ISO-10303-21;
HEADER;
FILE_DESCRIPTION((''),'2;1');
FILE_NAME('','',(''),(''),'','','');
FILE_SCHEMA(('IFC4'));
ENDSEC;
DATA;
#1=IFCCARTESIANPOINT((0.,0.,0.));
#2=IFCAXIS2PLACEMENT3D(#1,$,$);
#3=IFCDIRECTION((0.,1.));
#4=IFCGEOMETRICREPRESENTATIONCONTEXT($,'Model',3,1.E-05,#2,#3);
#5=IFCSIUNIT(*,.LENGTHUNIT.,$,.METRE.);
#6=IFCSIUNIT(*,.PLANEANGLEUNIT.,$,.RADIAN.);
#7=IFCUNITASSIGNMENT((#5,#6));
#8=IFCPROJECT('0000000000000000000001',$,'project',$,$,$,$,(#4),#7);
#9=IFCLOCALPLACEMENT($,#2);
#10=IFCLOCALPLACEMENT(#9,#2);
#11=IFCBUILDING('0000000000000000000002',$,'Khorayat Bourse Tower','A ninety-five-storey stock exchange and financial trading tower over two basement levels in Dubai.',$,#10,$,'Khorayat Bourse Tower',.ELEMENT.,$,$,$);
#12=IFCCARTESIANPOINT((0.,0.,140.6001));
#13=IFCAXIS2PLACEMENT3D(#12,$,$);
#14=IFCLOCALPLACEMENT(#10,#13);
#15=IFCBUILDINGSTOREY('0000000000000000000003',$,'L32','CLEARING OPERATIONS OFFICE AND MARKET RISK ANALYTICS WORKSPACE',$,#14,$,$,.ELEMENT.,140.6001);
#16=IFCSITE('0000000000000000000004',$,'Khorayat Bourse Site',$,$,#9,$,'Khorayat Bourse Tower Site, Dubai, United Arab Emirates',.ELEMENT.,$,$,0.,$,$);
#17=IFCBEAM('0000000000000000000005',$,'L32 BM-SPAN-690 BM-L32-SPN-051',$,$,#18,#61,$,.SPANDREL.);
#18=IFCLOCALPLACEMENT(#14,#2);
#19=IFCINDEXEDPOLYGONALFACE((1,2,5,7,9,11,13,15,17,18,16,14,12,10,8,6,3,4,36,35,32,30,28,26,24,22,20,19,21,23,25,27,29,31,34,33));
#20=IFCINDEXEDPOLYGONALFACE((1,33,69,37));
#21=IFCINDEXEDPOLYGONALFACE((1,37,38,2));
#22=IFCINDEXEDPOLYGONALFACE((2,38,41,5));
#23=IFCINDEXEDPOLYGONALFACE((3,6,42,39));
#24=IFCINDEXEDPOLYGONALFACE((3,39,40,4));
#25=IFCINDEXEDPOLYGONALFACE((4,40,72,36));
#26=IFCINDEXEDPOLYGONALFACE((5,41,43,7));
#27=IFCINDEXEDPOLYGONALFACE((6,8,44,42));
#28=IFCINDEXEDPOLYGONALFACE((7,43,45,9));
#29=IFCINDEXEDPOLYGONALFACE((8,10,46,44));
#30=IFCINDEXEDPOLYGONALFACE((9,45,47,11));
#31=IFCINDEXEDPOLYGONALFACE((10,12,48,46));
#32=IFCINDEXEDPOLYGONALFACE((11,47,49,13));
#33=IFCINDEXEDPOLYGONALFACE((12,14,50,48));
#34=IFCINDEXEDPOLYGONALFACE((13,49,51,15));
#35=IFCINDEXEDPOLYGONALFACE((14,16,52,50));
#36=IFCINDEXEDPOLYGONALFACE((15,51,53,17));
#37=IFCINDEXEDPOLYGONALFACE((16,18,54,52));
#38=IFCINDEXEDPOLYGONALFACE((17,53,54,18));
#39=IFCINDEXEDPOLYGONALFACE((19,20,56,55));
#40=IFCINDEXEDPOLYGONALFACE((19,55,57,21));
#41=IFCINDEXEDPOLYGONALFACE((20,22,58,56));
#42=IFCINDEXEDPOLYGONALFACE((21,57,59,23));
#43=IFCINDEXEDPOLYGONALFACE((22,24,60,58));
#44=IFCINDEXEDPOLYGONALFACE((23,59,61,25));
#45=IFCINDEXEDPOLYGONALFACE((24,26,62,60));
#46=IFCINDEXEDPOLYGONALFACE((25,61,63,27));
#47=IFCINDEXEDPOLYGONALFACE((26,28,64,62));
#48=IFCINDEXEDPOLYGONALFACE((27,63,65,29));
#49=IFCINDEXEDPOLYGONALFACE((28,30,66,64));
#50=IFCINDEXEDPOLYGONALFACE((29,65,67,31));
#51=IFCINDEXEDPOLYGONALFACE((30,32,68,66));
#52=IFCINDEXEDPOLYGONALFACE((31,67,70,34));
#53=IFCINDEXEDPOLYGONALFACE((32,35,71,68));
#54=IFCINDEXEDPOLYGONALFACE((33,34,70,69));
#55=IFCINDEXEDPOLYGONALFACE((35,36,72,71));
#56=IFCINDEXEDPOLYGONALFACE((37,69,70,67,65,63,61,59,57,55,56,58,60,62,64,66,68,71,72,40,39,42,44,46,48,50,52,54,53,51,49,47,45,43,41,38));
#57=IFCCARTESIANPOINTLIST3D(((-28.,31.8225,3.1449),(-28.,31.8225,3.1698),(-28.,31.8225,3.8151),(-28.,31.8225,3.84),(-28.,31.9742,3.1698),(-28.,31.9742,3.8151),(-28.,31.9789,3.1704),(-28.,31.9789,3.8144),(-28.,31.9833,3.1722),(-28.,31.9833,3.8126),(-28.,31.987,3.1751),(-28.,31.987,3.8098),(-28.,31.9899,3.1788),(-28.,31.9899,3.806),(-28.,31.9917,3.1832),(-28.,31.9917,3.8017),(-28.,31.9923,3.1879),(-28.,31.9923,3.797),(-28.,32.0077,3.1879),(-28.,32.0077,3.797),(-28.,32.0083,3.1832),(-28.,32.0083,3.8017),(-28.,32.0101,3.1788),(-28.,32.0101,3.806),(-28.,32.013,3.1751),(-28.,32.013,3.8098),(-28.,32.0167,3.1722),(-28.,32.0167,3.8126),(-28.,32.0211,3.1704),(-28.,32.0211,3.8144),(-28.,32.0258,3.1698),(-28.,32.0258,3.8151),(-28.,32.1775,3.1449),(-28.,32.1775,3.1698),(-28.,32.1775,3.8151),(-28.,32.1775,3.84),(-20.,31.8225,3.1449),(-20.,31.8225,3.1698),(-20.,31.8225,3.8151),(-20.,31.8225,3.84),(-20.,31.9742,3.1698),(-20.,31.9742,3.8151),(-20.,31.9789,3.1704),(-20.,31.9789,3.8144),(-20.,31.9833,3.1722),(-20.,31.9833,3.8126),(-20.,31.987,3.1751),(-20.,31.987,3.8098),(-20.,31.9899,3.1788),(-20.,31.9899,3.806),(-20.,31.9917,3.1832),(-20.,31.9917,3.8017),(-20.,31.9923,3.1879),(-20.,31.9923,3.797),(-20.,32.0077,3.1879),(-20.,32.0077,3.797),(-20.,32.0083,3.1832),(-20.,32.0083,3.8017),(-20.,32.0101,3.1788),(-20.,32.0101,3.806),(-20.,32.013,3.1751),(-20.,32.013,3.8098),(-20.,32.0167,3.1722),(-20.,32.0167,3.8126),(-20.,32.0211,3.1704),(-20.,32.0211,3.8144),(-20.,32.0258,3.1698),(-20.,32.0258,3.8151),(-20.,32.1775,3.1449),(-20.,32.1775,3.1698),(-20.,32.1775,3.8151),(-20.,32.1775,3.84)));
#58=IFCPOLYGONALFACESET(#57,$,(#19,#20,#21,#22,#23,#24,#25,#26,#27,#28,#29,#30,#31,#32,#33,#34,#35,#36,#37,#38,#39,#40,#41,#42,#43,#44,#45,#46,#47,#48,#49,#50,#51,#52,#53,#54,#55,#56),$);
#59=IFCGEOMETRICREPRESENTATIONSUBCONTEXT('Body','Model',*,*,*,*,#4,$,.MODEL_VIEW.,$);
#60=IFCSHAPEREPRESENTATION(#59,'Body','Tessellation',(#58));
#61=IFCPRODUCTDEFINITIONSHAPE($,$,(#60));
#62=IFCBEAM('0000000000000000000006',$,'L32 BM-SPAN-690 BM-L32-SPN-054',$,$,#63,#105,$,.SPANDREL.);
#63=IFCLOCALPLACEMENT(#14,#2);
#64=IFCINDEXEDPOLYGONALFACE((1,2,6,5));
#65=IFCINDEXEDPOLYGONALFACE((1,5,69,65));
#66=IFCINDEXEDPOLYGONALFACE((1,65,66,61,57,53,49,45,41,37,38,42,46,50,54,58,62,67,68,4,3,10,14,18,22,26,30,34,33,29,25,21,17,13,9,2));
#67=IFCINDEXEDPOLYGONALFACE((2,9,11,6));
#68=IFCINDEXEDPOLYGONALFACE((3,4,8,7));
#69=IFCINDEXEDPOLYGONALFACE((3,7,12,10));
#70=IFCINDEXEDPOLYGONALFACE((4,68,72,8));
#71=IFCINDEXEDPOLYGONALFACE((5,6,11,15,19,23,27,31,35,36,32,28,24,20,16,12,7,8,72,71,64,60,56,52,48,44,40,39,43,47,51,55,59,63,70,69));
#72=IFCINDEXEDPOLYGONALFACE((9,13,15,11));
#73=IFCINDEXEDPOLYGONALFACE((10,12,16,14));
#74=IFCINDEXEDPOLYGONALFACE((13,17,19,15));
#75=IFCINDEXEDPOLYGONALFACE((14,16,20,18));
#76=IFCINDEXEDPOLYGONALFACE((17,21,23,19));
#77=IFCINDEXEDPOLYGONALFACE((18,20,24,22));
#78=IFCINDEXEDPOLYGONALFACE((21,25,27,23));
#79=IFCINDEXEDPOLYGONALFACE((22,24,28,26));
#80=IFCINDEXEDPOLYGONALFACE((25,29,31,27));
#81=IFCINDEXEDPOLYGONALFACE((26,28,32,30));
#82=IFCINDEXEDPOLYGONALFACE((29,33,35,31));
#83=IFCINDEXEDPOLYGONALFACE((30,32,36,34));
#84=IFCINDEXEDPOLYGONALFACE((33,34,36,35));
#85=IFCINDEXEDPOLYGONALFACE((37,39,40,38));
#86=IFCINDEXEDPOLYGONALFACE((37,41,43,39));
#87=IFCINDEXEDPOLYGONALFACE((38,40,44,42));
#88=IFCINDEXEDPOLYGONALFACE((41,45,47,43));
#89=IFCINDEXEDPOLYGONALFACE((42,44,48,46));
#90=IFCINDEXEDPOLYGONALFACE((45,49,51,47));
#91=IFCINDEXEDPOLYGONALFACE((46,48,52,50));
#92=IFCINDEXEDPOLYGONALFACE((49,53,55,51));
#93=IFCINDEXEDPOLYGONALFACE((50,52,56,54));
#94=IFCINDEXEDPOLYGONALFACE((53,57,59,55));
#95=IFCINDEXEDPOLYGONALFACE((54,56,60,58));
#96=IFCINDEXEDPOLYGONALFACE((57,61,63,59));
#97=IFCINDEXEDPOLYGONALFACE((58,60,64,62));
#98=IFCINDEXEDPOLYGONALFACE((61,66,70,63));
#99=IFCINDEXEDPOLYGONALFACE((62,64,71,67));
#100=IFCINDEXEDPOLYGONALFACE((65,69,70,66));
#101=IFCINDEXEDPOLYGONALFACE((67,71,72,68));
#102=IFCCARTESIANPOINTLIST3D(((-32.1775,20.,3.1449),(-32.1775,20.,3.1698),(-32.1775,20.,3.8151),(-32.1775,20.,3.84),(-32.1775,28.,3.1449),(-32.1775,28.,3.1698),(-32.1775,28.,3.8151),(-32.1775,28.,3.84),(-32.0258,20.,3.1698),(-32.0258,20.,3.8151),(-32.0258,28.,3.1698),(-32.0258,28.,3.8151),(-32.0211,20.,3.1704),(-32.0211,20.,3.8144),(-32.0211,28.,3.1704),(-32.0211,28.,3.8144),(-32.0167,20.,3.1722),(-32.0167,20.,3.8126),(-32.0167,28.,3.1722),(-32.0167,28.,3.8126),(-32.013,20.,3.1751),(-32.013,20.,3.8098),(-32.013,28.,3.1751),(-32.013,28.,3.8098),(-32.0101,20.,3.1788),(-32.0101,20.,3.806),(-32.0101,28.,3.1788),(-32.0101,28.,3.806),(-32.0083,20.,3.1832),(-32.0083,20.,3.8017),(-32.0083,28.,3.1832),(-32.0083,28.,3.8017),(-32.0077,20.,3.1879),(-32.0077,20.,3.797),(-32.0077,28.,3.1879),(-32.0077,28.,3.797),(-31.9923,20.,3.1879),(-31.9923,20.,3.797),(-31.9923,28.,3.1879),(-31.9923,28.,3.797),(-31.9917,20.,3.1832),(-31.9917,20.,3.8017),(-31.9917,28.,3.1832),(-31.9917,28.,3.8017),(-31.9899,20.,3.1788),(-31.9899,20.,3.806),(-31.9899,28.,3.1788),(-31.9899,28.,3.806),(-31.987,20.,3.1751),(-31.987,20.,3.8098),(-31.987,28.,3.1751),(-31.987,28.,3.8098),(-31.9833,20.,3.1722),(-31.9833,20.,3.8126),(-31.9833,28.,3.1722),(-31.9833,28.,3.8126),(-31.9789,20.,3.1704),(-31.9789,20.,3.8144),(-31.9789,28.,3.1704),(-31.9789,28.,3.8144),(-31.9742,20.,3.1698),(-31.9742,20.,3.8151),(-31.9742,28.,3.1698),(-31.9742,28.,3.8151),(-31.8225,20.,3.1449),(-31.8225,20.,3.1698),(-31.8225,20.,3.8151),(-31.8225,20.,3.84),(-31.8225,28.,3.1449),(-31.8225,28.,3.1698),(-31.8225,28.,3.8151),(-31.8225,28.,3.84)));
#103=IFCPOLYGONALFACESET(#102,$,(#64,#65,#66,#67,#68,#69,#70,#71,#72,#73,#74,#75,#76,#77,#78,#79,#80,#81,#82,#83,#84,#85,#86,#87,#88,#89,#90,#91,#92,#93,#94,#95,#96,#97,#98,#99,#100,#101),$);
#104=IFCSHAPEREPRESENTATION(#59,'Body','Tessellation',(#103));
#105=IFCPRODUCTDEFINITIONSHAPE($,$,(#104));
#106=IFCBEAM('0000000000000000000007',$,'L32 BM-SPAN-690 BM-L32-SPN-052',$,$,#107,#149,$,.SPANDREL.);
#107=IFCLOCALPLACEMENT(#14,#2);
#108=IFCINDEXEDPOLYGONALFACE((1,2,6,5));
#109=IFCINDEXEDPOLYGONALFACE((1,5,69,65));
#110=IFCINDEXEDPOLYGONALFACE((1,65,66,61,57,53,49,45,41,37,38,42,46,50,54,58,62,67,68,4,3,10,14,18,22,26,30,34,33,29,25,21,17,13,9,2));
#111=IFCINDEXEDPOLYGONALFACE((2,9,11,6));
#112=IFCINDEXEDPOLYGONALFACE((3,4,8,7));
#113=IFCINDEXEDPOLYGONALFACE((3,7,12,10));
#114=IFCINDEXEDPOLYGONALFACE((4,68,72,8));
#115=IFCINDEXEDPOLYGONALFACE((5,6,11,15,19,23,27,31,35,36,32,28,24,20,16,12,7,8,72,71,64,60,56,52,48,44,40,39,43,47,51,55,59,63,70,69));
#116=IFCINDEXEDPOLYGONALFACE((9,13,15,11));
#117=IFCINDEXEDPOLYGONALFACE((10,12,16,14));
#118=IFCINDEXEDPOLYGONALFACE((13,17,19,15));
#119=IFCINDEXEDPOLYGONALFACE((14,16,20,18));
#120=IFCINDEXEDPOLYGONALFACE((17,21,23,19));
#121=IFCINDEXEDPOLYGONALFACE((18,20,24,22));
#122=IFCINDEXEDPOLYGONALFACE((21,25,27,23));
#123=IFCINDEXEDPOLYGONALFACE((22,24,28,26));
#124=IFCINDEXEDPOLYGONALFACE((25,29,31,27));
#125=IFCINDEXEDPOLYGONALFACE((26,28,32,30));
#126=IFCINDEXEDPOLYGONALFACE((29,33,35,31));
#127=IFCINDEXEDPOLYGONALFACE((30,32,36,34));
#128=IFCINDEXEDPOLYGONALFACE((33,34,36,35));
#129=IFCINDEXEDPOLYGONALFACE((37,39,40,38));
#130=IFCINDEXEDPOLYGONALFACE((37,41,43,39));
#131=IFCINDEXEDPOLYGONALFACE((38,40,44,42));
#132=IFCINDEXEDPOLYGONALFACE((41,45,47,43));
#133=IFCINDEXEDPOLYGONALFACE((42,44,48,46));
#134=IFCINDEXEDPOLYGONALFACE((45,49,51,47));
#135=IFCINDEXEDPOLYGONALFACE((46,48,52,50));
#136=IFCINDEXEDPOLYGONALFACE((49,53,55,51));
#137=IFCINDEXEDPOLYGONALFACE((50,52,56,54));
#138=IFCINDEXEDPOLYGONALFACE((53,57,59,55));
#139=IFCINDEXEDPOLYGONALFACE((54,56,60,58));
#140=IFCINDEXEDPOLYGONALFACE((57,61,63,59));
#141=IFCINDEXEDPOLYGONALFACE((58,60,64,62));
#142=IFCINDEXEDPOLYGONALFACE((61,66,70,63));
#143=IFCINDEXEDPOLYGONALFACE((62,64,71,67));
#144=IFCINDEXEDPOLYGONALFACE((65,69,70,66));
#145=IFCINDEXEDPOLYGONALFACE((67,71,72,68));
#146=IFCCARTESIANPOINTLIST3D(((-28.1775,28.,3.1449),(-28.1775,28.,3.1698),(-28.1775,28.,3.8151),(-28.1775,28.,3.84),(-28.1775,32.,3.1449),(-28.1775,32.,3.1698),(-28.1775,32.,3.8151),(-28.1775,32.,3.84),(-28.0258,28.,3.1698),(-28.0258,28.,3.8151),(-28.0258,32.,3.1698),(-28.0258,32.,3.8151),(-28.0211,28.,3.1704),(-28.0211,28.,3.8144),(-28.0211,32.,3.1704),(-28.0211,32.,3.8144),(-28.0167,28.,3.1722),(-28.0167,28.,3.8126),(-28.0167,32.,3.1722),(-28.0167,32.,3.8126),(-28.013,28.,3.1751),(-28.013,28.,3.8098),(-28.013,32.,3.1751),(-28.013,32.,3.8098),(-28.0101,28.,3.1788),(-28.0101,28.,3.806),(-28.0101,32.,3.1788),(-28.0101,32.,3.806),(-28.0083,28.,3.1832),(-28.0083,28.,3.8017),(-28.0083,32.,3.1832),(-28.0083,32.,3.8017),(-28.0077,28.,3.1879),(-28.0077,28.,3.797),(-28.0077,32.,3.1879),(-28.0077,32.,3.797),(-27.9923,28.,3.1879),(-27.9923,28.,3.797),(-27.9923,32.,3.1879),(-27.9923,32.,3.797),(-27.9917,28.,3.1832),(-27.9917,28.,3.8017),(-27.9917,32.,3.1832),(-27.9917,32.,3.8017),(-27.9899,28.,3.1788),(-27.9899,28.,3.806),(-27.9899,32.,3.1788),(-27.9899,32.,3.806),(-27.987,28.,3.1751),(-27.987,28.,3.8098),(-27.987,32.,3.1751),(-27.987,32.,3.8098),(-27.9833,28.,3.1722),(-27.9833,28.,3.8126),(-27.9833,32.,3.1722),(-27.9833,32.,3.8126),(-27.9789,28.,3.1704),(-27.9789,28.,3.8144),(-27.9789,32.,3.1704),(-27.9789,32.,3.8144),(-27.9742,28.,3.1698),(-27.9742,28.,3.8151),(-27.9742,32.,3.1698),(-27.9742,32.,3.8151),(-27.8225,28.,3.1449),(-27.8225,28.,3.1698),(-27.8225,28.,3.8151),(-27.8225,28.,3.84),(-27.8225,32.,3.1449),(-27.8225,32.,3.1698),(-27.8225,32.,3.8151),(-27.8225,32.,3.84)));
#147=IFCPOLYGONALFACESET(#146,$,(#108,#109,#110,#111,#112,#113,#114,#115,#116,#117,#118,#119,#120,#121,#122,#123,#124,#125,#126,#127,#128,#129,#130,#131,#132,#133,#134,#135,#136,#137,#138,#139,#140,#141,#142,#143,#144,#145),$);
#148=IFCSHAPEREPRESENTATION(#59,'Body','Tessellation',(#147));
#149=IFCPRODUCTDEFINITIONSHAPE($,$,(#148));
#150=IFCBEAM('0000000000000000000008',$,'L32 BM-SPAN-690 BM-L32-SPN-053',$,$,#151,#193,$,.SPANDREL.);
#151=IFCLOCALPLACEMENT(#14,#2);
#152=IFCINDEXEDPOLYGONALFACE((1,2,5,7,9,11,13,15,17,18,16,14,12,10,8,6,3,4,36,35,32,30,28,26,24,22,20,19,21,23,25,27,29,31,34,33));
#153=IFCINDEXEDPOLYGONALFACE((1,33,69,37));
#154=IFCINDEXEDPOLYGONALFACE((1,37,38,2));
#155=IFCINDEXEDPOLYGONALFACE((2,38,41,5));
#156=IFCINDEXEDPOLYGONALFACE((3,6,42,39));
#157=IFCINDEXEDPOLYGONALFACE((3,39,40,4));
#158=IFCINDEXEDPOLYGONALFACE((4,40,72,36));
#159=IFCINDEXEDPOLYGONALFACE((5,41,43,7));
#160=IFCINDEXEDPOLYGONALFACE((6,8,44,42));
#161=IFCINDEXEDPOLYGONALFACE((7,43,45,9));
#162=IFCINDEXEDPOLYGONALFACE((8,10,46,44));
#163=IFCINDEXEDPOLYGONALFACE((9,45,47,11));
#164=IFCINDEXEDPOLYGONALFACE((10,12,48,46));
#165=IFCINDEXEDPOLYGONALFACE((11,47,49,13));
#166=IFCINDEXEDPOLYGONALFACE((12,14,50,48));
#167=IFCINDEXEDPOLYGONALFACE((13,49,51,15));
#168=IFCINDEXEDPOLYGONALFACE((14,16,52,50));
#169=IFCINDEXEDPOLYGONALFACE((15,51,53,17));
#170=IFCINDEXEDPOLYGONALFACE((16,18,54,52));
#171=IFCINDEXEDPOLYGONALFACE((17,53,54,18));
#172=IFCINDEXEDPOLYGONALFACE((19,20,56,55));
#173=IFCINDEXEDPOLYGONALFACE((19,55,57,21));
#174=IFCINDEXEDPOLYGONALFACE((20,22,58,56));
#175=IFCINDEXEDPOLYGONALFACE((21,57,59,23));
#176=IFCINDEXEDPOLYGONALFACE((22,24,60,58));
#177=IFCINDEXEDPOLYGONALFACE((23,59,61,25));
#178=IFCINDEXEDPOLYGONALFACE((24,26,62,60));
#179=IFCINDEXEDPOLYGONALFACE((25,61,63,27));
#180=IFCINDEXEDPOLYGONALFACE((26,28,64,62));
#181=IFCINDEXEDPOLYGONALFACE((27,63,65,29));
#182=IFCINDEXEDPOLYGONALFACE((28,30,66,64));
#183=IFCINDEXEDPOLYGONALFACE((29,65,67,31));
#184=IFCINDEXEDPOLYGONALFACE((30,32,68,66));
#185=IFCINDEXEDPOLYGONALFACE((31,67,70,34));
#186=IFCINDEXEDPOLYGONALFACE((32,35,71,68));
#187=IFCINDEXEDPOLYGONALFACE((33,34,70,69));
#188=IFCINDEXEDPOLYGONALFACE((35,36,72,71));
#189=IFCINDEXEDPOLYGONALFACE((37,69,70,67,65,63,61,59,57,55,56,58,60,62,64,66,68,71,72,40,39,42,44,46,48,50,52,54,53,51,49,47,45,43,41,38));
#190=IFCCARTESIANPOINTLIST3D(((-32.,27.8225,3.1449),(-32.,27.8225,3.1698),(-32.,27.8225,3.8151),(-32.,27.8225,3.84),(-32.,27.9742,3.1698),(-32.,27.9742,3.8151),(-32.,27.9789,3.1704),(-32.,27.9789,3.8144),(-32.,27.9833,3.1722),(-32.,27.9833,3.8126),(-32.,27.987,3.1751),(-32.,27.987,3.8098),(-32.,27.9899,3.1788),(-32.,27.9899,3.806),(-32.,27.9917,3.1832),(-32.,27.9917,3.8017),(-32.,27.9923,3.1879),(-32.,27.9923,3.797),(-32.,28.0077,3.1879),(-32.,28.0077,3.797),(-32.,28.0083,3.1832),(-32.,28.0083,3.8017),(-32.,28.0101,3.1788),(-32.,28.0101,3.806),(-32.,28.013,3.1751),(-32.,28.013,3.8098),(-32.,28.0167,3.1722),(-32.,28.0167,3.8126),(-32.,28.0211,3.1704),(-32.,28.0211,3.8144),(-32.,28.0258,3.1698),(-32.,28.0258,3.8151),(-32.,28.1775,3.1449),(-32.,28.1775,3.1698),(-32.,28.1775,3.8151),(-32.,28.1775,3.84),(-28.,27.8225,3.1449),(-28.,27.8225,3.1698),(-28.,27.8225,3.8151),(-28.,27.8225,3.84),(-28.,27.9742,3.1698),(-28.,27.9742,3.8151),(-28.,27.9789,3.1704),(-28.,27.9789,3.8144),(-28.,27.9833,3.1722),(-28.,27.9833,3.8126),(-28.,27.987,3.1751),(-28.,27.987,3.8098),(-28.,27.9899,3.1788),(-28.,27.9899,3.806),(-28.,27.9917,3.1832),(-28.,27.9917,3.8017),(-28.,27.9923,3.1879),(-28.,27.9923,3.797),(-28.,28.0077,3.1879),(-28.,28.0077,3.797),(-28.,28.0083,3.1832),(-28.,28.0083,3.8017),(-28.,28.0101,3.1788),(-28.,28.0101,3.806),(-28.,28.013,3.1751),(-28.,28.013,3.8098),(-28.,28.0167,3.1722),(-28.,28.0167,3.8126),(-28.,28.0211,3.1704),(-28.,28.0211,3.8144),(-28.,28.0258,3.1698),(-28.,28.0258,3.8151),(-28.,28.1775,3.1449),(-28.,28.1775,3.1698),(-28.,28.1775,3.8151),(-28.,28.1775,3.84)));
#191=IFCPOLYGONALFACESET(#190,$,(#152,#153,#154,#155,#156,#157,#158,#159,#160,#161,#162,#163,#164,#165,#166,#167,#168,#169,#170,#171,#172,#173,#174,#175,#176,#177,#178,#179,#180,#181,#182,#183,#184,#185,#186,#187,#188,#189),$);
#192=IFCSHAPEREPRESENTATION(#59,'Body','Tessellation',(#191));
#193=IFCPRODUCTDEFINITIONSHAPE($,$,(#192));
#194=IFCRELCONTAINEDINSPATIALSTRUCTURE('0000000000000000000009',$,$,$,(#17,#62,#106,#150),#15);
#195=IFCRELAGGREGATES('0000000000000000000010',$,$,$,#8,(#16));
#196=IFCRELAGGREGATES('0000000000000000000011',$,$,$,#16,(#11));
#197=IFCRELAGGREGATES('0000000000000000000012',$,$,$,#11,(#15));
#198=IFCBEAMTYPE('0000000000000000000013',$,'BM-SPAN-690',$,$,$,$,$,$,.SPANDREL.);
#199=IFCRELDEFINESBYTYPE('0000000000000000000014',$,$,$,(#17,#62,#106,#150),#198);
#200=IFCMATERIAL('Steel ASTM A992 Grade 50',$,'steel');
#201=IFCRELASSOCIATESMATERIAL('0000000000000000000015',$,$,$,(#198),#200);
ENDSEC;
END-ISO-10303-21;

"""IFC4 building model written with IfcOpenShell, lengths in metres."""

from ifc_helpers import new_model, si_unit, direction, frame, origin, origin_2d, place, context, subcontext, project, spatial, i_section, extrude, source, transform, mapped, material, material_profile, profile_set, type_object, element, save


model = new_model("IFC4")

# Units and contexts
model_context = context("Model", 3, precision=1e-05, world=origin(), true_north=direction((0.0, 1.0)))
body_context = subcontext(model_context, "Body", "Model", "MODEL_VIEW")
ifc_project = project(units=[si_unit("LENGTHUNIT", "METRE"), si_unit("PLANEANGLEUNIT", "RADIAN")], contexts=[model_context])

# Site, building, storey
site_placement = place(None, origin())
site = spatial("IfcSite", under=ifc_project, at=site_placement, Name="Khorayat Bourse Site", LongName="Khorayat Bourse Tower Site, Dubai, United Arab Emirates", CompositionType="ELEMENT", RefElevation=0.0)
building_placement = place(site_placement, origin())
building = spatial("IfcBuilding", under=site, at=building_placement, Name="Khorayat Bourse Tower", Description="A ninety-five-storey stock exchange and financial trading tower over two basement levels in Dubai.", LongName="Khorayat Bourse Tower", CompositionType="ELEMENT")
storey_placement = place(building_placement, frame((0.0, 0.0, 140.6001)))
storey = spatial("IfcBuildingStorey", under=building, at=storey_placement, Name="L32", Description="CLEARING OPERATIONS OFFICE AND MARKET RISK ANALYTICS WORKSPACE", CompositionType="ELEMENT", Elevation=140.6001)

# Beams
ifc_material_1 = material(Name="Steel ASTM A992 Grade 50", Category="steel")
ifc_material_profile_1 = material_profile(ifc_material_1, i_section(OverallWidth=0.355, OverallDepth=0.6951, WebThickness=0.0154, FlangeThickness=0.0249, FilletRadius=0.0181, at=origin_2d()), Name="W690X217")
ifc_profile_set_1 = profile_set([ifc_material_profile_1], Name="Steel ASTM A992 Grade 50")
beam_type_1 = type_object("IfcBeamType", Name="BM-SPAN-690", PredefinedType="SPANDREL", material=ifc_profile_set_1)
shared_shape_1 = source(origin(), body_context, "Body", "SweptSolid", [
    extrude(i_section(OverallWidth=0.355, OverallDepth=0.6951, WebThickness=0.0154, FlangeThickness=0.0249, FilletRadius=0.0181, at=origin_2d()), origin(), (0.0, 0.0, 1.0), 8.0),
])
for number, where, z_axis, x_axis, name in (
    (1, (-28.0, 32.0, 3.4924), (1.0, 0.0, 0.0), (0.0, 1.0, 0.0), "L32 BM-SPAN-690 BM-L32-SPN-051"),
    (2, (-32.0, 20.0, 3.4924), (0.0, 1.0, 0.0), (-1.0, 0.0, 0.0), "L32 BM-SPAN-690 BM-L32-SPN-054"),
):
    element("IfcBeam", number, at=place(storey_placement, frame(where, z_axis=z_axis, x_axis=x_axis)), inside=storey, type_object=beam_type_1, Name=name, PredefinedType="SPANDREL", context=body_context, shape_type="MappedRepresentation", body=[
        mapped(shared_shape_1, transform((0.0, 0.0, 0.0), scale=1.0)),
    ])
shared_shape_2 = source(origin(), body_context, "Body", "SweptSolid", [
    extrude(i_section(OverallWidth=0.355, OverallDepth=0.6951, WebThickness=0.0154, FlangeThickness=0.0249, FilletRadius=0.0181, at=origin_2d()), origin(), (0.0, 0.0, 1.0), 4.0),
])
for number, where, z_axis, x_axis, name in (
    (3, (-28.0, 28.0, 3.4924), (0.0, 1.0, 0.0), (-1.0, 0.0, 0.0), "L32 BM-SPAN-690 BM-L32-SPN-052"),
    (4, (-32.0, 28.0, 3.4924), (1.0, 0.0, 0.0), (0.0, 1.0, 0.0), "L32 BM-SPAN-690 BM-L32-SPN-053"),
):
    element("IfcBeam", number, at=place(storey_placement, frame(where, z_axis=z_axis, x_axis=x_axis)), inside=storey, type_object=beam_type_1, Name=name, PredefinedType="SPANDREL", context=body_context, shape_type="MappedRepresentation", body=[
        mapped(shared_shape_2, transform((0.0, 0.0, 0.0), scale=1.0)),
    ])

save(model, "model.ifc")
